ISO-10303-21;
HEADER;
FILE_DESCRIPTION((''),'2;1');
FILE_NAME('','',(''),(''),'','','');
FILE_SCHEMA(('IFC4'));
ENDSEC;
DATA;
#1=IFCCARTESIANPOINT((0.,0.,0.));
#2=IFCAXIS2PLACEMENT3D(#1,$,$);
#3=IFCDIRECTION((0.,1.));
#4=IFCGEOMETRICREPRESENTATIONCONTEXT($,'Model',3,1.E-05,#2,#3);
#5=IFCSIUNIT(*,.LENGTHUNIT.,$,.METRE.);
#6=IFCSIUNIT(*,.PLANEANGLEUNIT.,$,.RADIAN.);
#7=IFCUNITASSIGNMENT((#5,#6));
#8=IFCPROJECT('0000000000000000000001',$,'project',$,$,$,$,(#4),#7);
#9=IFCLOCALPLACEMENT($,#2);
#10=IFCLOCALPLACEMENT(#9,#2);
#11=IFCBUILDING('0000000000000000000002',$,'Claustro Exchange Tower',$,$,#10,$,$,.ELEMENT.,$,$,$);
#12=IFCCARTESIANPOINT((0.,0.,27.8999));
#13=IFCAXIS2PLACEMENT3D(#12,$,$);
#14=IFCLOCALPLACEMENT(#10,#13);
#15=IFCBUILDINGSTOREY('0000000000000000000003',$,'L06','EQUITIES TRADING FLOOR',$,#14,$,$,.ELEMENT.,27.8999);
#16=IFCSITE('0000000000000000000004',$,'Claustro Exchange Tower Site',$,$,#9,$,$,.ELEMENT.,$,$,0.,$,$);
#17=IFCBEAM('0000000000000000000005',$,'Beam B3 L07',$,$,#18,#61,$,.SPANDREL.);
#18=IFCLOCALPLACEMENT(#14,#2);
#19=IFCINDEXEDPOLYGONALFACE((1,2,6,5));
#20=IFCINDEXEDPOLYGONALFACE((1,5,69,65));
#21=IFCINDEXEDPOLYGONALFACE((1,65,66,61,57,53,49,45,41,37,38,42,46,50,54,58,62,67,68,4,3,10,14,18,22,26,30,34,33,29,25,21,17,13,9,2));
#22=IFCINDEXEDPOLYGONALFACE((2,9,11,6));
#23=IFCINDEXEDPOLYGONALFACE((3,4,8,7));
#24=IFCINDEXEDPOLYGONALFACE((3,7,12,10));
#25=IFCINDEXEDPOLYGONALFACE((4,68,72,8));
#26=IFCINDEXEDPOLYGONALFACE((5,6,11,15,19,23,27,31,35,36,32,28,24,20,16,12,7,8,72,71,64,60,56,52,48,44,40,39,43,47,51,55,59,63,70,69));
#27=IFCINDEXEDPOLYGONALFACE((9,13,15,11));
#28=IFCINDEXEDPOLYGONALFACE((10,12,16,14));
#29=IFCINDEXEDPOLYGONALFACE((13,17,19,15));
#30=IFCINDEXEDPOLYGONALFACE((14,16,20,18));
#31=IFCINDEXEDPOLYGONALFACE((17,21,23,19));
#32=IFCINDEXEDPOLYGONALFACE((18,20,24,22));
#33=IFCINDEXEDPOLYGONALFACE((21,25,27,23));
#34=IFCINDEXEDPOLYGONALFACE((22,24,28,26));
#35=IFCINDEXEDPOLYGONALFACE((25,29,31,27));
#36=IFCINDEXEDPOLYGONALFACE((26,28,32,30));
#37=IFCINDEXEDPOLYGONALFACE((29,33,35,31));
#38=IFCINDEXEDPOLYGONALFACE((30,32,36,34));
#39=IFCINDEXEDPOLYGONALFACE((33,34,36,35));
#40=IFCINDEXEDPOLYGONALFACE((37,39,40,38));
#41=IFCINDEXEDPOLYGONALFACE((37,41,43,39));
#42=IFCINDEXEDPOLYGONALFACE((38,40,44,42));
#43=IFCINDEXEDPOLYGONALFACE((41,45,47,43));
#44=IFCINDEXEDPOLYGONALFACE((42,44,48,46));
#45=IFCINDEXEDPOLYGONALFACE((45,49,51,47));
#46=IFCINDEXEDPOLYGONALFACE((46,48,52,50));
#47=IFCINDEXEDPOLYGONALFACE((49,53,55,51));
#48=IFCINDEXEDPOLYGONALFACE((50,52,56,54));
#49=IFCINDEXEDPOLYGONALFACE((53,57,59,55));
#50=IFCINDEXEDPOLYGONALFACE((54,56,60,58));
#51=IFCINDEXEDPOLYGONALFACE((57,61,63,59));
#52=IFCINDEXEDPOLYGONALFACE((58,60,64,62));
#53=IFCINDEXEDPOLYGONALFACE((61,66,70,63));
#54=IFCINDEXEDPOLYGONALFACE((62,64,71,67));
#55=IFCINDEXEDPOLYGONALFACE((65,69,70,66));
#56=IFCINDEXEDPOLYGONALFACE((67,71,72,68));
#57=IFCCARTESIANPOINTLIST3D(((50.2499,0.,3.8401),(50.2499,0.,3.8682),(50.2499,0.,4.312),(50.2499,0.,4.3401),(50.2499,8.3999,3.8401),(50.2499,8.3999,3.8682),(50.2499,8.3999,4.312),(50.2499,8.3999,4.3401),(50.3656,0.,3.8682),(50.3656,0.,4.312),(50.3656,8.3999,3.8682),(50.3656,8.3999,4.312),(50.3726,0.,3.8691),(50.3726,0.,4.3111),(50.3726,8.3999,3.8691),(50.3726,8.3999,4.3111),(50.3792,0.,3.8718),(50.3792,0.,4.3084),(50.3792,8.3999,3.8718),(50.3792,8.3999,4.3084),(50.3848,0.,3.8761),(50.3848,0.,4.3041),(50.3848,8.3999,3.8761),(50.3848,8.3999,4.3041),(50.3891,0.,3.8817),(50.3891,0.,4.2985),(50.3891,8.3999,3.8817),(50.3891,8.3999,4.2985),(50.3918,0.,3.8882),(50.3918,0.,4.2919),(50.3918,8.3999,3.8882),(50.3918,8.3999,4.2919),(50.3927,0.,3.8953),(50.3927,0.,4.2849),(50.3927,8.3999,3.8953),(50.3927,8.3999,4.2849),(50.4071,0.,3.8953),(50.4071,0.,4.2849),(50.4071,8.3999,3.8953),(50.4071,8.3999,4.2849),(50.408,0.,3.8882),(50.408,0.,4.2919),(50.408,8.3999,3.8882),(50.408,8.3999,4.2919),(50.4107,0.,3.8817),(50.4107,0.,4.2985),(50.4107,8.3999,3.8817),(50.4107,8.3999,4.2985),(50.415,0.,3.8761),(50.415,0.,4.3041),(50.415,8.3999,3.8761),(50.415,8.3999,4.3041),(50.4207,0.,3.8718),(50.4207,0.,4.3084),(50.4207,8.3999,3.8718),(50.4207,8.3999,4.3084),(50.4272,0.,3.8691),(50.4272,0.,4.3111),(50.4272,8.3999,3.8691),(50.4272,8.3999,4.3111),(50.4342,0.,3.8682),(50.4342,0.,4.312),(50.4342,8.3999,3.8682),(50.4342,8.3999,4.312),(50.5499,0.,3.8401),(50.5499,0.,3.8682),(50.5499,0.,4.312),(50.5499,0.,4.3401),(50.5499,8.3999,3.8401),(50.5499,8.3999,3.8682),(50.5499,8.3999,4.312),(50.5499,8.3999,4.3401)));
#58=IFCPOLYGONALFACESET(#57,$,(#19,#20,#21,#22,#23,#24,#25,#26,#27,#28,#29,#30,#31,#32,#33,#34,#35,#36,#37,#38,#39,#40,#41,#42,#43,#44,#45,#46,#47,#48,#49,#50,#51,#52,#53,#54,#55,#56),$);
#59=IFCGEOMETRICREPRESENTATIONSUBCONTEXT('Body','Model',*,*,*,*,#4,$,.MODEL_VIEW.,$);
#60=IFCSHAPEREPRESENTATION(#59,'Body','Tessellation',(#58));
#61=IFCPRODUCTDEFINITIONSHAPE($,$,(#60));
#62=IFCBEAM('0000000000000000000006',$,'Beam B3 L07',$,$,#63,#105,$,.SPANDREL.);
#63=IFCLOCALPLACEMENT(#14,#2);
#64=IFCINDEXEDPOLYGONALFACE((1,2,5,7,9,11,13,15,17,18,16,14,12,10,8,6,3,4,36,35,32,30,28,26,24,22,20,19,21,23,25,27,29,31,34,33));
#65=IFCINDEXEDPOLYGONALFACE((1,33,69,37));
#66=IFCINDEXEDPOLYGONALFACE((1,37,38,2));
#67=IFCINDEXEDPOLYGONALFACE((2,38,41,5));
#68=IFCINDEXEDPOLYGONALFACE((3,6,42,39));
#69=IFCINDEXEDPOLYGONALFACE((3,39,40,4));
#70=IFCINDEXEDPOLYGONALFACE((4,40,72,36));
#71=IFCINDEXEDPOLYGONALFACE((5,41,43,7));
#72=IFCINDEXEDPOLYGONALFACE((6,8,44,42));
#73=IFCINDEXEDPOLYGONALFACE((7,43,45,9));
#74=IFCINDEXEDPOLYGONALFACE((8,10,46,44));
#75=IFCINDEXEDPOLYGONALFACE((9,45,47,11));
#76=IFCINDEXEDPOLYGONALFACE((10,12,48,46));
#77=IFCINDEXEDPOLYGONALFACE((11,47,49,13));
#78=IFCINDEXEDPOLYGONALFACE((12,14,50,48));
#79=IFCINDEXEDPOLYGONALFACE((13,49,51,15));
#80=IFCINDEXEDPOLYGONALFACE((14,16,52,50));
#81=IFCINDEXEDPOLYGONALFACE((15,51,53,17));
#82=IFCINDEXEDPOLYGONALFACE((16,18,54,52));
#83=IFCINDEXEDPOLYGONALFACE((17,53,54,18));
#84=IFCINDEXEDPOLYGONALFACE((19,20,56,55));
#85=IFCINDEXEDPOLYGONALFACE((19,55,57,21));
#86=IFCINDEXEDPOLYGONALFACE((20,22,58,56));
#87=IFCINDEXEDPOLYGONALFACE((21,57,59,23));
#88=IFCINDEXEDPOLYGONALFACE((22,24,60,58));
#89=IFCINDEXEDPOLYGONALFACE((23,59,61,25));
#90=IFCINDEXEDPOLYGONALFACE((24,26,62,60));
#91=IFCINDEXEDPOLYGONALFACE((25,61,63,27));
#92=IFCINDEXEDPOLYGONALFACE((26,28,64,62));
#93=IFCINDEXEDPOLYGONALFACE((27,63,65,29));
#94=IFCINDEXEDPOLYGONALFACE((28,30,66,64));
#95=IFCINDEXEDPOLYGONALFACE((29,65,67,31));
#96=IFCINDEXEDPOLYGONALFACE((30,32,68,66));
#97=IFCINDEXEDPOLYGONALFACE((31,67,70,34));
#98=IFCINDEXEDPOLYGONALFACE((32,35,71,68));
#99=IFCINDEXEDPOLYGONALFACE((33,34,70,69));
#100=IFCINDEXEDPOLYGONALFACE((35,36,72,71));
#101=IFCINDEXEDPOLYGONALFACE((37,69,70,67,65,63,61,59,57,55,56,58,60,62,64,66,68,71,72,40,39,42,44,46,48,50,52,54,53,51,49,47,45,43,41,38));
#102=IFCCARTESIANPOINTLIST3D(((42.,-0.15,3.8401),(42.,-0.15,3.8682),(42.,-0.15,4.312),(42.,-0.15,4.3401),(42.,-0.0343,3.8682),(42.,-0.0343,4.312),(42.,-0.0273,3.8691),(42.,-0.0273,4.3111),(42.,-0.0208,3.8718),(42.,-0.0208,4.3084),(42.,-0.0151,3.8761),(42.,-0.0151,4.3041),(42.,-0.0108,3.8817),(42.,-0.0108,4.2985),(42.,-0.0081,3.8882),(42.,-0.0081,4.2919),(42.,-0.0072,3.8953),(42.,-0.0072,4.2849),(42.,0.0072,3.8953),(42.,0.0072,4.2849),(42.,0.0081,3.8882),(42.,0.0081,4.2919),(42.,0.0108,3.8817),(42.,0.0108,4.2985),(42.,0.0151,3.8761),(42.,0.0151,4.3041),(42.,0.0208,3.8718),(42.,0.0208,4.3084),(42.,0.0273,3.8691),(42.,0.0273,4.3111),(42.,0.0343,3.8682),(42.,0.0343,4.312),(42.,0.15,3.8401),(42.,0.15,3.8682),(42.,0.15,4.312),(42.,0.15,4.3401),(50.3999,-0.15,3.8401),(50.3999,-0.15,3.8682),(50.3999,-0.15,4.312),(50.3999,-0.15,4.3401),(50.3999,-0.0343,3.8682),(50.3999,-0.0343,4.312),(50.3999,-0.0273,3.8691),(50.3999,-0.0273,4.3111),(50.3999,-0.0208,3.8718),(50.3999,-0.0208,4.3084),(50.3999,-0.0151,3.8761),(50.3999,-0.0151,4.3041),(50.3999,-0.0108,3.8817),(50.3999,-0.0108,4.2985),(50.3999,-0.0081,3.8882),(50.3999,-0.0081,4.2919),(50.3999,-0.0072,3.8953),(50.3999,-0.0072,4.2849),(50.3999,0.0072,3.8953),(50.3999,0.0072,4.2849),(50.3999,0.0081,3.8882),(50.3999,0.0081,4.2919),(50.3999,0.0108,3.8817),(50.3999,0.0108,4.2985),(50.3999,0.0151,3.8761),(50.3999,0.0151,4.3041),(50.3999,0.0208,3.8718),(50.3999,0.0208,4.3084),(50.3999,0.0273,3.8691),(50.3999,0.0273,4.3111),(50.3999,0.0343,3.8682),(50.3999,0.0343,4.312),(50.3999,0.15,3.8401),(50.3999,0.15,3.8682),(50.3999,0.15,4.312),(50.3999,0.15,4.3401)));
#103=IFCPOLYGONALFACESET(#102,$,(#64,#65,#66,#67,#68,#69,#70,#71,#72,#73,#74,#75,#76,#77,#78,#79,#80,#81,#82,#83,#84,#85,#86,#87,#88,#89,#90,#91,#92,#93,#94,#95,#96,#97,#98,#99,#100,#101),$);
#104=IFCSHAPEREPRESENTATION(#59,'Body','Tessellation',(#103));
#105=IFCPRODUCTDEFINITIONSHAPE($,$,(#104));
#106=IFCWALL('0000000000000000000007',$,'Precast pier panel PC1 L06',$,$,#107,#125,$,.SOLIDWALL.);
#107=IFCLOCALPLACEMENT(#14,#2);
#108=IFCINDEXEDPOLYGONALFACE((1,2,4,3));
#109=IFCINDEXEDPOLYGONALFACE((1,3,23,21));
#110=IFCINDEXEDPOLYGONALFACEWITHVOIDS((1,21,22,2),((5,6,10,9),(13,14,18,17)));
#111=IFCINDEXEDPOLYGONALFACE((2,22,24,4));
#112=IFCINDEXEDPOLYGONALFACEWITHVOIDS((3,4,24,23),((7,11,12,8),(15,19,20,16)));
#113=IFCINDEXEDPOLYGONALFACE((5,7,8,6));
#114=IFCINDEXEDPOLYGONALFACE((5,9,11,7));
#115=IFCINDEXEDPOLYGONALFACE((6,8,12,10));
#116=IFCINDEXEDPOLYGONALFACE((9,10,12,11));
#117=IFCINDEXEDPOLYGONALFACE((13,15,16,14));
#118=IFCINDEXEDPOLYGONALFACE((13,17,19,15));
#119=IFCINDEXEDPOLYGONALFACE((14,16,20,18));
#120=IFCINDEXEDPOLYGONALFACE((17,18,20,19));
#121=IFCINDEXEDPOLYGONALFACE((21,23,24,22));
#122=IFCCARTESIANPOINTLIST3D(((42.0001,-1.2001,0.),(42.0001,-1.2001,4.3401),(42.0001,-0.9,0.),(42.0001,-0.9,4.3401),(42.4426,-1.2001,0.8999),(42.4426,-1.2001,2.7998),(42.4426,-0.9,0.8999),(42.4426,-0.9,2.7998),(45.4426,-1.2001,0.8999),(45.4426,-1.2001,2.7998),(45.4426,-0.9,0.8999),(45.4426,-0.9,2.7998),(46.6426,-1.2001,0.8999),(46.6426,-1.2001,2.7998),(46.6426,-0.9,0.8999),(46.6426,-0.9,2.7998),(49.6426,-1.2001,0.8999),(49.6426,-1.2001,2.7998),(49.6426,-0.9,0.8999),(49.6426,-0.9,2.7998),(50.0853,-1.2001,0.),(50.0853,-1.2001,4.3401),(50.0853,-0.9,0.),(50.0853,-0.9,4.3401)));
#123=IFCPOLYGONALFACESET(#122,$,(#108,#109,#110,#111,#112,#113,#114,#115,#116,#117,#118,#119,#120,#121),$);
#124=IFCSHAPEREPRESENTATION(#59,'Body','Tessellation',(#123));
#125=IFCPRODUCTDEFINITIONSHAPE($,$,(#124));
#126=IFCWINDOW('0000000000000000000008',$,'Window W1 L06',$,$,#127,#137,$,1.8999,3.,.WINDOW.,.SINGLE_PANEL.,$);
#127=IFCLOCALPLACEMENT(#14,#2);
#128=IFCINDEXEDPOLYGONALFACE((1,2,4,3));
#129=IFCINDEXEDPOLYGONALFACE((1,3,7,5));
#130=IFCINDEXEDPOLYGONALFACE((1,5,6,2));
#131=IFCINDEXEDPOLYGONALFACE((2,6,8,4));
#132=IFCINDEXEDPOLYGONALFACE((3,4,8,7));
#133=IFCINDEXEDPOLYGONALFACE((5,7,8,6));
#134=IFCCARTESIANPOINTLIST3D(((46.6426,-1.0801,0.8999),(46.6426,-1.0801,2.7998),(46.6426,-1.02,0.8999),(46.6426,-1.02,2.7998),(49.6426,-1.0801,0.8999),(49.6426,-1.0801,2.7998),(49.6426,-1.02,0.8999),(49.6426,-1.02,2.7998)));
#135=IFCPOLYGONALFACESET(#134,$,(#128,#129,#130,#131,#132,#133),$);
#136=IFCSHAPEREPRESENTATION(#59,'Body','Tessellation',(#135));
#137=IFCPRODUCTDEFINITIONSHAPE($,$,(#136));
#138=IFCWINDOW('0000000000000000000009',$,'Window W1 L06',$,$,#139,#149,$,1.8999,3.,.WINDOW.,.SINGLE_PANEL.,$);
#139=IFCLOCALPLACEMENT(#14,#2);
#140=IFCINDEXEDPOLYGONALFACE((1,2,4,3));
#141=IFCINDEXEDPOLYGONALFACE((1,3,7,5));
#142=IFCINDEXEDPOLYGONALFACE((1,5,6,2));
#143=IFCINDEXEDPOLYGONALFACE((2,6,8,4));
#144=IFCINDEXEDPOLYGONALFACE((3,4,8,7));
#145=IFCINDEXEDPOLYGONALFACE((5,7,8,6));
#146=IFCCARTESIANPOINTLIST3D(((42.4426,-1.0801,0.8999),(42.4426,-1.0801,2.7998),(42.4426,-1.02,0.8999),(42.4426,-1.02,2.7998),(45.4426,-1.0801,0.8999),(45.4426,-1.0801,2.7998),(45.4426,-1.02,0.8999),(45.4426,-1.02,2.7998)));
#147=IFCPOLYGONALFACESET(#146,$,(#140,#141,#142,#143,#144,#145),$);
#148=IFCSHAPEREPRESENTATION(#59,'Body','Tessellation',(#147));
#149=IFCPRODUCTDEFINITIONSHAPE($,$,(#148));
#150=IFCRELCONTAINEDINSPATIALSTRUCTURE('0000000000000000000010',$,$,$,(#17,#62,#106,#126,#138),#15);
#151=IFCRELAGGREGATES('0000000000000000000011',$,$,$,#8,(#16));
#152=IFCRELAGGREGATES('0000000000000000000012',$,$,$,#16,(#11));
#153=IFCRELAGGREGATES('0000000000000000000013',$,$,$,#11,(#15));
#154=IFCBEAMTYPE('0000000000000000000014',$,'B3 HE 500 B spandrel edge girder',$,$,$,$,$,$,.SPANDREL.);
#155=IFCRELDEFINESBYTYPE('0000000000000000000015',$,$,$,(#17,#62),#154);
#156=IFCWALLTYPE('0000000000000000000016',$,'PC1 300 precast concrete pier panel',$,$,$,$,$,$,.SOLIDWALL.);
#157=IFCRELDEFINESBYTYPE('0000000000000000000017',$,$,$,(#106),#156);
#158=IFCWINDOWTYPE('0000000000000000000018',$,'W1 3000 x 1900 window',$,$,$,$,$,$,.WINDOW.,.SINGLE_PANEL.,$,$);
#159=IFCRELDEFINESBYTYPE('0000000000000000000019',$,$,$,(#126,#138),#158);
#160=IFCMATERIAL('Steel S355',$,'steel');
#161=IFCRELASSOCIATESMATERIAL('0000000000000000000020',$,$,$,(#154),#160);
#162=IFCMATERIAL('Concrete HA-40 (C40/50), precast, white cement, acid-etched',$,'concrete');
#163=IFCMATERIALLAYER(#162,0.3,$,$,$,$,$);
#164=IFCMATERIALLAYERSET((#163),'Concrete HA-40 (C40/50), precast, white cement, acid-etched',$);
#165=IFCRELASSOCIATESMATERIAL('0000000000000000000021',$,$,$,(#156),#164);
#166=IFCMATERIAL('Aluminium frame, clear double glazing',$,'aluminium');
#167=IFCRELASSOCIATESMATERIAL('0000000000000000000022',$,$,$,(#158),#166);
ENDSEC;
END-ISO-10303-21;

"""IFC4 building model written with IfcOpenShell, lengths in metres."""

from ifc_helpers import new_model, si_unit, direction, frame, frame_2d, origin, origin_2d, place, context, subcontext, project, spatial, rectangle, i_section, extrude, material, layer, layer_set, material_profile, profile_set, type_object, element, fill, save


model = new_model("IFC4")

# Units and contexts
model_context = context("Model", 3, precision=1e-05, world=origin(), true_north=direction((0.0, 1.0)))
body_context = subcontext(model_context, "Body", "Model", "MODEL_VIEW")
ifc_project = project(units=[si_unit("LENGTHUNIT", "METRE"), si_unit("PLANEANGLEUNIT", "RADIAN")], contexts=[model_context])

# Site, building, storey
site_placement = place(None, origin())
site = spatial("IfcSite", under=ifc_project, at=site_placement, Name="Claustro Exchange Tower Site", CompositionType="ELEMENT", RefElevation=0.0)
building_placement = place(site_placement, origin())
building = spatial("IfcBuilding", under=site, at=building_placement, Name="Claustro Exchange Tower", CompositionType="ELEMENT")
storey_placement = place(building_placement, frame((0.0, 0.0, 27.8999)))
storey = spatial("IfcBuildingStorey", under=building, at=storey_placement, Name="L06", Description="EQUITIES TRADING FLOOR", CompositionType="ELEMENT", Elevation=27.8999)

# Beams
ifc_material_1 = material(Name="Steel S355", Category="steel")
ifc_material_profile_1 = material_profile(ifc_material_1, i_section(OverallWidth=0.3, OverallDepth=0.5, WebThickness=0.0144, FlangeThickness=0.0281, FilletRadius=0.0271, at=origin_2d()), Name="HE 500 B")
ifc_profile_set_1 = profile_set([ifc_material_profile_1], Name="Steel S355")
beam_type_1 = type_object("IfcBeamType", Name="B3 HE 500 B spandrel edge girder", PredefinedType="SPANDREL", material=ifc_profile_set_1)
for number, where, z_axis, x_axis, name in (
    (1, (50.3999, 0.0, 4.0901), (0.0, 1.0, 0.0), (-1.0, 0.0, 0.0), "Beam B3 L07"),
    (2, (42.0, 0.0, 4.0901), (1.0, 0.0, 0.0), (0.0, 1.0, 0.0), "Beam B3 L07"),
):
    element("IfcBeam", number, at=place(storey_placement, frame(where, z_axis=z_axis, x_axis=x_axis)), inside=storey, type_object=beam_type_1, Name=name, PredefinedType="SPANDREL", context=body_context, shape_type="SweptSolid", body=[
        extrude(i_section(OverallWidth=0.3, OverallDepth=0.5, WebThickness=0.0144, FlangeThickness=0.0281, FilletRadius=0.0271, at=origin_2d()), origin(), (0.0, 0.0, 1.0), 8.3999),
    ])

# Wall, openings, windows
ifc_material_2 = material(Name="Concrete HA-40 (C40/50), precast, white cement, acid-etched", Category="concrete")
ifc_layer_1 = layer(ifc_material_2, 0.3)
ifc_layer_set_1 = layer_set([ifc_layer_1], Name="Concrete HA-40 (C40/50), precast, white cement, acid-etched")
wall_type = type_object("IfcWallType", Name="PC1 300 precast concrete pier panel", PredefinedType="SOLIDWALL", material=ifc_layer_set_1)
wall_1_placement = place(storey_placement, frame((50.0852, -1.05, 0.0), z_axis=(0.0, 0.0, 1.0), x_axis=(-1.0, 0.0, 0.0)))
wall_1 = element("IfcWall", 3, at=wall_1_placement, inside=storey, type_object=wall_type, Name="Precast pier panel PC1 L06", PredefinedType="SOLIDWALL", context=body_context, shape_type="SweptSolid", body=[
    extrude(rectangle(XDim=8.0852, YDim=0.3, at=frame_2d((4.0425, 0.0))), origin(), (0.0, 0.0, 1.0), 4.3401),
])
opening_1_placement = place(wall_1_placement, frame((0.4426, 0.0, 0.8999)))
opening_1 = element("IfcOpeningElement", 4, at=opening_1_placement, cuts=wall_1, PredefinedType="OPENING", context=body_context, shape_type="SweptSolid", body=[
    extrude(rectangle(XDim=3.0, YDim=1.8999, at=frame_2d((1.5, 0.95))), frame((0.0, 0.1599, 0.0), z_axis=(0.0, -1.0, 0.0), x_axis=(1.0, 0.0, 0.0)), (0.0, 0.0, 1.0), 0.3201),
])
opening_2_placement = place(wall_1_placement, frame((4.6426, 0.0, 0.8999)))
opening_2 = element("IfcOpeningElement", 5, at=opening_2_placement, cuts=wall_1, PredefinedType="OPENING", context=body_context, shape_type="SweptSolid", body=[
    extrude(rectangle(XDim=3.0, YDim=1.8999, at=frame_2d((1.5, 0.95))), frame((0.0, 0.1599, 0.0), z_axis=(0.0, -1.0, 0.0), x_axis=(1.0, 0.0, 0.0)), (0.0, 0.0, 1.0), 0.3201),
])
ifc_material_3 = material(Name="Aluminium frame, clear double glazing", Category="aluminium")
window_type = type_object("IfcWindowType", Name="W1 3000 x 1900 window", PartitioningType="SINGLE_PANEL", PredefinedType="WINDOW", material=ifc_material_3)
window_1_placement = place(opening_1_placement, origin())
window_1 = element("IfcWindow", 6, at=window_1_placement, inside=storey, type_object=window_type, Name="Window W1 L06", OverallHeight=1.8999, OverallWidth=3.0, PartitioningType="SINGLE_PANEL", PredefinedType="WINDOW", context=body_context, shape_type="SweptSolid", body=[
    extrude(rectangle(XDim=3.0, YDim=1.8999, at=frame_2d((1.5, 0.95))), frame((0.0, 0.03, 0.0), z_axis=(0.0, -1.0, 0.0), x_axis=(1.0, 0.0, 0.0)), (0.0, 0.0, 1.0), 0.0601),
])
fill(opening_1, window_1)
window_2_placement = place(opening_2_placement, origin())
window_2 = element("IfcWindow", 7, at=window_2_placement, inside=storey, type_object=window_type, Name="Window W1 L06", OverallHeight=1.8999, OverallWidth=3.0, PartitioningType="SINGLE_PANEL", PredefinedType="WINDOW", context=body_context, shape_type="SweptSolid", body=[
    extrude(rectangle(XDim=3.0, YDim=1.8999, at=frame_2d((1.5, 0.95))), frame((0.0, 0.03, 0.0), z_axis=(0.0, -1.0, 0.0), x_axis=(1.0, 0.0, 0.0)), (0.0, 0.0, 1.0), 0.0601),
])
fill(opening_2, window_2)

save(model, "model.ifc")
